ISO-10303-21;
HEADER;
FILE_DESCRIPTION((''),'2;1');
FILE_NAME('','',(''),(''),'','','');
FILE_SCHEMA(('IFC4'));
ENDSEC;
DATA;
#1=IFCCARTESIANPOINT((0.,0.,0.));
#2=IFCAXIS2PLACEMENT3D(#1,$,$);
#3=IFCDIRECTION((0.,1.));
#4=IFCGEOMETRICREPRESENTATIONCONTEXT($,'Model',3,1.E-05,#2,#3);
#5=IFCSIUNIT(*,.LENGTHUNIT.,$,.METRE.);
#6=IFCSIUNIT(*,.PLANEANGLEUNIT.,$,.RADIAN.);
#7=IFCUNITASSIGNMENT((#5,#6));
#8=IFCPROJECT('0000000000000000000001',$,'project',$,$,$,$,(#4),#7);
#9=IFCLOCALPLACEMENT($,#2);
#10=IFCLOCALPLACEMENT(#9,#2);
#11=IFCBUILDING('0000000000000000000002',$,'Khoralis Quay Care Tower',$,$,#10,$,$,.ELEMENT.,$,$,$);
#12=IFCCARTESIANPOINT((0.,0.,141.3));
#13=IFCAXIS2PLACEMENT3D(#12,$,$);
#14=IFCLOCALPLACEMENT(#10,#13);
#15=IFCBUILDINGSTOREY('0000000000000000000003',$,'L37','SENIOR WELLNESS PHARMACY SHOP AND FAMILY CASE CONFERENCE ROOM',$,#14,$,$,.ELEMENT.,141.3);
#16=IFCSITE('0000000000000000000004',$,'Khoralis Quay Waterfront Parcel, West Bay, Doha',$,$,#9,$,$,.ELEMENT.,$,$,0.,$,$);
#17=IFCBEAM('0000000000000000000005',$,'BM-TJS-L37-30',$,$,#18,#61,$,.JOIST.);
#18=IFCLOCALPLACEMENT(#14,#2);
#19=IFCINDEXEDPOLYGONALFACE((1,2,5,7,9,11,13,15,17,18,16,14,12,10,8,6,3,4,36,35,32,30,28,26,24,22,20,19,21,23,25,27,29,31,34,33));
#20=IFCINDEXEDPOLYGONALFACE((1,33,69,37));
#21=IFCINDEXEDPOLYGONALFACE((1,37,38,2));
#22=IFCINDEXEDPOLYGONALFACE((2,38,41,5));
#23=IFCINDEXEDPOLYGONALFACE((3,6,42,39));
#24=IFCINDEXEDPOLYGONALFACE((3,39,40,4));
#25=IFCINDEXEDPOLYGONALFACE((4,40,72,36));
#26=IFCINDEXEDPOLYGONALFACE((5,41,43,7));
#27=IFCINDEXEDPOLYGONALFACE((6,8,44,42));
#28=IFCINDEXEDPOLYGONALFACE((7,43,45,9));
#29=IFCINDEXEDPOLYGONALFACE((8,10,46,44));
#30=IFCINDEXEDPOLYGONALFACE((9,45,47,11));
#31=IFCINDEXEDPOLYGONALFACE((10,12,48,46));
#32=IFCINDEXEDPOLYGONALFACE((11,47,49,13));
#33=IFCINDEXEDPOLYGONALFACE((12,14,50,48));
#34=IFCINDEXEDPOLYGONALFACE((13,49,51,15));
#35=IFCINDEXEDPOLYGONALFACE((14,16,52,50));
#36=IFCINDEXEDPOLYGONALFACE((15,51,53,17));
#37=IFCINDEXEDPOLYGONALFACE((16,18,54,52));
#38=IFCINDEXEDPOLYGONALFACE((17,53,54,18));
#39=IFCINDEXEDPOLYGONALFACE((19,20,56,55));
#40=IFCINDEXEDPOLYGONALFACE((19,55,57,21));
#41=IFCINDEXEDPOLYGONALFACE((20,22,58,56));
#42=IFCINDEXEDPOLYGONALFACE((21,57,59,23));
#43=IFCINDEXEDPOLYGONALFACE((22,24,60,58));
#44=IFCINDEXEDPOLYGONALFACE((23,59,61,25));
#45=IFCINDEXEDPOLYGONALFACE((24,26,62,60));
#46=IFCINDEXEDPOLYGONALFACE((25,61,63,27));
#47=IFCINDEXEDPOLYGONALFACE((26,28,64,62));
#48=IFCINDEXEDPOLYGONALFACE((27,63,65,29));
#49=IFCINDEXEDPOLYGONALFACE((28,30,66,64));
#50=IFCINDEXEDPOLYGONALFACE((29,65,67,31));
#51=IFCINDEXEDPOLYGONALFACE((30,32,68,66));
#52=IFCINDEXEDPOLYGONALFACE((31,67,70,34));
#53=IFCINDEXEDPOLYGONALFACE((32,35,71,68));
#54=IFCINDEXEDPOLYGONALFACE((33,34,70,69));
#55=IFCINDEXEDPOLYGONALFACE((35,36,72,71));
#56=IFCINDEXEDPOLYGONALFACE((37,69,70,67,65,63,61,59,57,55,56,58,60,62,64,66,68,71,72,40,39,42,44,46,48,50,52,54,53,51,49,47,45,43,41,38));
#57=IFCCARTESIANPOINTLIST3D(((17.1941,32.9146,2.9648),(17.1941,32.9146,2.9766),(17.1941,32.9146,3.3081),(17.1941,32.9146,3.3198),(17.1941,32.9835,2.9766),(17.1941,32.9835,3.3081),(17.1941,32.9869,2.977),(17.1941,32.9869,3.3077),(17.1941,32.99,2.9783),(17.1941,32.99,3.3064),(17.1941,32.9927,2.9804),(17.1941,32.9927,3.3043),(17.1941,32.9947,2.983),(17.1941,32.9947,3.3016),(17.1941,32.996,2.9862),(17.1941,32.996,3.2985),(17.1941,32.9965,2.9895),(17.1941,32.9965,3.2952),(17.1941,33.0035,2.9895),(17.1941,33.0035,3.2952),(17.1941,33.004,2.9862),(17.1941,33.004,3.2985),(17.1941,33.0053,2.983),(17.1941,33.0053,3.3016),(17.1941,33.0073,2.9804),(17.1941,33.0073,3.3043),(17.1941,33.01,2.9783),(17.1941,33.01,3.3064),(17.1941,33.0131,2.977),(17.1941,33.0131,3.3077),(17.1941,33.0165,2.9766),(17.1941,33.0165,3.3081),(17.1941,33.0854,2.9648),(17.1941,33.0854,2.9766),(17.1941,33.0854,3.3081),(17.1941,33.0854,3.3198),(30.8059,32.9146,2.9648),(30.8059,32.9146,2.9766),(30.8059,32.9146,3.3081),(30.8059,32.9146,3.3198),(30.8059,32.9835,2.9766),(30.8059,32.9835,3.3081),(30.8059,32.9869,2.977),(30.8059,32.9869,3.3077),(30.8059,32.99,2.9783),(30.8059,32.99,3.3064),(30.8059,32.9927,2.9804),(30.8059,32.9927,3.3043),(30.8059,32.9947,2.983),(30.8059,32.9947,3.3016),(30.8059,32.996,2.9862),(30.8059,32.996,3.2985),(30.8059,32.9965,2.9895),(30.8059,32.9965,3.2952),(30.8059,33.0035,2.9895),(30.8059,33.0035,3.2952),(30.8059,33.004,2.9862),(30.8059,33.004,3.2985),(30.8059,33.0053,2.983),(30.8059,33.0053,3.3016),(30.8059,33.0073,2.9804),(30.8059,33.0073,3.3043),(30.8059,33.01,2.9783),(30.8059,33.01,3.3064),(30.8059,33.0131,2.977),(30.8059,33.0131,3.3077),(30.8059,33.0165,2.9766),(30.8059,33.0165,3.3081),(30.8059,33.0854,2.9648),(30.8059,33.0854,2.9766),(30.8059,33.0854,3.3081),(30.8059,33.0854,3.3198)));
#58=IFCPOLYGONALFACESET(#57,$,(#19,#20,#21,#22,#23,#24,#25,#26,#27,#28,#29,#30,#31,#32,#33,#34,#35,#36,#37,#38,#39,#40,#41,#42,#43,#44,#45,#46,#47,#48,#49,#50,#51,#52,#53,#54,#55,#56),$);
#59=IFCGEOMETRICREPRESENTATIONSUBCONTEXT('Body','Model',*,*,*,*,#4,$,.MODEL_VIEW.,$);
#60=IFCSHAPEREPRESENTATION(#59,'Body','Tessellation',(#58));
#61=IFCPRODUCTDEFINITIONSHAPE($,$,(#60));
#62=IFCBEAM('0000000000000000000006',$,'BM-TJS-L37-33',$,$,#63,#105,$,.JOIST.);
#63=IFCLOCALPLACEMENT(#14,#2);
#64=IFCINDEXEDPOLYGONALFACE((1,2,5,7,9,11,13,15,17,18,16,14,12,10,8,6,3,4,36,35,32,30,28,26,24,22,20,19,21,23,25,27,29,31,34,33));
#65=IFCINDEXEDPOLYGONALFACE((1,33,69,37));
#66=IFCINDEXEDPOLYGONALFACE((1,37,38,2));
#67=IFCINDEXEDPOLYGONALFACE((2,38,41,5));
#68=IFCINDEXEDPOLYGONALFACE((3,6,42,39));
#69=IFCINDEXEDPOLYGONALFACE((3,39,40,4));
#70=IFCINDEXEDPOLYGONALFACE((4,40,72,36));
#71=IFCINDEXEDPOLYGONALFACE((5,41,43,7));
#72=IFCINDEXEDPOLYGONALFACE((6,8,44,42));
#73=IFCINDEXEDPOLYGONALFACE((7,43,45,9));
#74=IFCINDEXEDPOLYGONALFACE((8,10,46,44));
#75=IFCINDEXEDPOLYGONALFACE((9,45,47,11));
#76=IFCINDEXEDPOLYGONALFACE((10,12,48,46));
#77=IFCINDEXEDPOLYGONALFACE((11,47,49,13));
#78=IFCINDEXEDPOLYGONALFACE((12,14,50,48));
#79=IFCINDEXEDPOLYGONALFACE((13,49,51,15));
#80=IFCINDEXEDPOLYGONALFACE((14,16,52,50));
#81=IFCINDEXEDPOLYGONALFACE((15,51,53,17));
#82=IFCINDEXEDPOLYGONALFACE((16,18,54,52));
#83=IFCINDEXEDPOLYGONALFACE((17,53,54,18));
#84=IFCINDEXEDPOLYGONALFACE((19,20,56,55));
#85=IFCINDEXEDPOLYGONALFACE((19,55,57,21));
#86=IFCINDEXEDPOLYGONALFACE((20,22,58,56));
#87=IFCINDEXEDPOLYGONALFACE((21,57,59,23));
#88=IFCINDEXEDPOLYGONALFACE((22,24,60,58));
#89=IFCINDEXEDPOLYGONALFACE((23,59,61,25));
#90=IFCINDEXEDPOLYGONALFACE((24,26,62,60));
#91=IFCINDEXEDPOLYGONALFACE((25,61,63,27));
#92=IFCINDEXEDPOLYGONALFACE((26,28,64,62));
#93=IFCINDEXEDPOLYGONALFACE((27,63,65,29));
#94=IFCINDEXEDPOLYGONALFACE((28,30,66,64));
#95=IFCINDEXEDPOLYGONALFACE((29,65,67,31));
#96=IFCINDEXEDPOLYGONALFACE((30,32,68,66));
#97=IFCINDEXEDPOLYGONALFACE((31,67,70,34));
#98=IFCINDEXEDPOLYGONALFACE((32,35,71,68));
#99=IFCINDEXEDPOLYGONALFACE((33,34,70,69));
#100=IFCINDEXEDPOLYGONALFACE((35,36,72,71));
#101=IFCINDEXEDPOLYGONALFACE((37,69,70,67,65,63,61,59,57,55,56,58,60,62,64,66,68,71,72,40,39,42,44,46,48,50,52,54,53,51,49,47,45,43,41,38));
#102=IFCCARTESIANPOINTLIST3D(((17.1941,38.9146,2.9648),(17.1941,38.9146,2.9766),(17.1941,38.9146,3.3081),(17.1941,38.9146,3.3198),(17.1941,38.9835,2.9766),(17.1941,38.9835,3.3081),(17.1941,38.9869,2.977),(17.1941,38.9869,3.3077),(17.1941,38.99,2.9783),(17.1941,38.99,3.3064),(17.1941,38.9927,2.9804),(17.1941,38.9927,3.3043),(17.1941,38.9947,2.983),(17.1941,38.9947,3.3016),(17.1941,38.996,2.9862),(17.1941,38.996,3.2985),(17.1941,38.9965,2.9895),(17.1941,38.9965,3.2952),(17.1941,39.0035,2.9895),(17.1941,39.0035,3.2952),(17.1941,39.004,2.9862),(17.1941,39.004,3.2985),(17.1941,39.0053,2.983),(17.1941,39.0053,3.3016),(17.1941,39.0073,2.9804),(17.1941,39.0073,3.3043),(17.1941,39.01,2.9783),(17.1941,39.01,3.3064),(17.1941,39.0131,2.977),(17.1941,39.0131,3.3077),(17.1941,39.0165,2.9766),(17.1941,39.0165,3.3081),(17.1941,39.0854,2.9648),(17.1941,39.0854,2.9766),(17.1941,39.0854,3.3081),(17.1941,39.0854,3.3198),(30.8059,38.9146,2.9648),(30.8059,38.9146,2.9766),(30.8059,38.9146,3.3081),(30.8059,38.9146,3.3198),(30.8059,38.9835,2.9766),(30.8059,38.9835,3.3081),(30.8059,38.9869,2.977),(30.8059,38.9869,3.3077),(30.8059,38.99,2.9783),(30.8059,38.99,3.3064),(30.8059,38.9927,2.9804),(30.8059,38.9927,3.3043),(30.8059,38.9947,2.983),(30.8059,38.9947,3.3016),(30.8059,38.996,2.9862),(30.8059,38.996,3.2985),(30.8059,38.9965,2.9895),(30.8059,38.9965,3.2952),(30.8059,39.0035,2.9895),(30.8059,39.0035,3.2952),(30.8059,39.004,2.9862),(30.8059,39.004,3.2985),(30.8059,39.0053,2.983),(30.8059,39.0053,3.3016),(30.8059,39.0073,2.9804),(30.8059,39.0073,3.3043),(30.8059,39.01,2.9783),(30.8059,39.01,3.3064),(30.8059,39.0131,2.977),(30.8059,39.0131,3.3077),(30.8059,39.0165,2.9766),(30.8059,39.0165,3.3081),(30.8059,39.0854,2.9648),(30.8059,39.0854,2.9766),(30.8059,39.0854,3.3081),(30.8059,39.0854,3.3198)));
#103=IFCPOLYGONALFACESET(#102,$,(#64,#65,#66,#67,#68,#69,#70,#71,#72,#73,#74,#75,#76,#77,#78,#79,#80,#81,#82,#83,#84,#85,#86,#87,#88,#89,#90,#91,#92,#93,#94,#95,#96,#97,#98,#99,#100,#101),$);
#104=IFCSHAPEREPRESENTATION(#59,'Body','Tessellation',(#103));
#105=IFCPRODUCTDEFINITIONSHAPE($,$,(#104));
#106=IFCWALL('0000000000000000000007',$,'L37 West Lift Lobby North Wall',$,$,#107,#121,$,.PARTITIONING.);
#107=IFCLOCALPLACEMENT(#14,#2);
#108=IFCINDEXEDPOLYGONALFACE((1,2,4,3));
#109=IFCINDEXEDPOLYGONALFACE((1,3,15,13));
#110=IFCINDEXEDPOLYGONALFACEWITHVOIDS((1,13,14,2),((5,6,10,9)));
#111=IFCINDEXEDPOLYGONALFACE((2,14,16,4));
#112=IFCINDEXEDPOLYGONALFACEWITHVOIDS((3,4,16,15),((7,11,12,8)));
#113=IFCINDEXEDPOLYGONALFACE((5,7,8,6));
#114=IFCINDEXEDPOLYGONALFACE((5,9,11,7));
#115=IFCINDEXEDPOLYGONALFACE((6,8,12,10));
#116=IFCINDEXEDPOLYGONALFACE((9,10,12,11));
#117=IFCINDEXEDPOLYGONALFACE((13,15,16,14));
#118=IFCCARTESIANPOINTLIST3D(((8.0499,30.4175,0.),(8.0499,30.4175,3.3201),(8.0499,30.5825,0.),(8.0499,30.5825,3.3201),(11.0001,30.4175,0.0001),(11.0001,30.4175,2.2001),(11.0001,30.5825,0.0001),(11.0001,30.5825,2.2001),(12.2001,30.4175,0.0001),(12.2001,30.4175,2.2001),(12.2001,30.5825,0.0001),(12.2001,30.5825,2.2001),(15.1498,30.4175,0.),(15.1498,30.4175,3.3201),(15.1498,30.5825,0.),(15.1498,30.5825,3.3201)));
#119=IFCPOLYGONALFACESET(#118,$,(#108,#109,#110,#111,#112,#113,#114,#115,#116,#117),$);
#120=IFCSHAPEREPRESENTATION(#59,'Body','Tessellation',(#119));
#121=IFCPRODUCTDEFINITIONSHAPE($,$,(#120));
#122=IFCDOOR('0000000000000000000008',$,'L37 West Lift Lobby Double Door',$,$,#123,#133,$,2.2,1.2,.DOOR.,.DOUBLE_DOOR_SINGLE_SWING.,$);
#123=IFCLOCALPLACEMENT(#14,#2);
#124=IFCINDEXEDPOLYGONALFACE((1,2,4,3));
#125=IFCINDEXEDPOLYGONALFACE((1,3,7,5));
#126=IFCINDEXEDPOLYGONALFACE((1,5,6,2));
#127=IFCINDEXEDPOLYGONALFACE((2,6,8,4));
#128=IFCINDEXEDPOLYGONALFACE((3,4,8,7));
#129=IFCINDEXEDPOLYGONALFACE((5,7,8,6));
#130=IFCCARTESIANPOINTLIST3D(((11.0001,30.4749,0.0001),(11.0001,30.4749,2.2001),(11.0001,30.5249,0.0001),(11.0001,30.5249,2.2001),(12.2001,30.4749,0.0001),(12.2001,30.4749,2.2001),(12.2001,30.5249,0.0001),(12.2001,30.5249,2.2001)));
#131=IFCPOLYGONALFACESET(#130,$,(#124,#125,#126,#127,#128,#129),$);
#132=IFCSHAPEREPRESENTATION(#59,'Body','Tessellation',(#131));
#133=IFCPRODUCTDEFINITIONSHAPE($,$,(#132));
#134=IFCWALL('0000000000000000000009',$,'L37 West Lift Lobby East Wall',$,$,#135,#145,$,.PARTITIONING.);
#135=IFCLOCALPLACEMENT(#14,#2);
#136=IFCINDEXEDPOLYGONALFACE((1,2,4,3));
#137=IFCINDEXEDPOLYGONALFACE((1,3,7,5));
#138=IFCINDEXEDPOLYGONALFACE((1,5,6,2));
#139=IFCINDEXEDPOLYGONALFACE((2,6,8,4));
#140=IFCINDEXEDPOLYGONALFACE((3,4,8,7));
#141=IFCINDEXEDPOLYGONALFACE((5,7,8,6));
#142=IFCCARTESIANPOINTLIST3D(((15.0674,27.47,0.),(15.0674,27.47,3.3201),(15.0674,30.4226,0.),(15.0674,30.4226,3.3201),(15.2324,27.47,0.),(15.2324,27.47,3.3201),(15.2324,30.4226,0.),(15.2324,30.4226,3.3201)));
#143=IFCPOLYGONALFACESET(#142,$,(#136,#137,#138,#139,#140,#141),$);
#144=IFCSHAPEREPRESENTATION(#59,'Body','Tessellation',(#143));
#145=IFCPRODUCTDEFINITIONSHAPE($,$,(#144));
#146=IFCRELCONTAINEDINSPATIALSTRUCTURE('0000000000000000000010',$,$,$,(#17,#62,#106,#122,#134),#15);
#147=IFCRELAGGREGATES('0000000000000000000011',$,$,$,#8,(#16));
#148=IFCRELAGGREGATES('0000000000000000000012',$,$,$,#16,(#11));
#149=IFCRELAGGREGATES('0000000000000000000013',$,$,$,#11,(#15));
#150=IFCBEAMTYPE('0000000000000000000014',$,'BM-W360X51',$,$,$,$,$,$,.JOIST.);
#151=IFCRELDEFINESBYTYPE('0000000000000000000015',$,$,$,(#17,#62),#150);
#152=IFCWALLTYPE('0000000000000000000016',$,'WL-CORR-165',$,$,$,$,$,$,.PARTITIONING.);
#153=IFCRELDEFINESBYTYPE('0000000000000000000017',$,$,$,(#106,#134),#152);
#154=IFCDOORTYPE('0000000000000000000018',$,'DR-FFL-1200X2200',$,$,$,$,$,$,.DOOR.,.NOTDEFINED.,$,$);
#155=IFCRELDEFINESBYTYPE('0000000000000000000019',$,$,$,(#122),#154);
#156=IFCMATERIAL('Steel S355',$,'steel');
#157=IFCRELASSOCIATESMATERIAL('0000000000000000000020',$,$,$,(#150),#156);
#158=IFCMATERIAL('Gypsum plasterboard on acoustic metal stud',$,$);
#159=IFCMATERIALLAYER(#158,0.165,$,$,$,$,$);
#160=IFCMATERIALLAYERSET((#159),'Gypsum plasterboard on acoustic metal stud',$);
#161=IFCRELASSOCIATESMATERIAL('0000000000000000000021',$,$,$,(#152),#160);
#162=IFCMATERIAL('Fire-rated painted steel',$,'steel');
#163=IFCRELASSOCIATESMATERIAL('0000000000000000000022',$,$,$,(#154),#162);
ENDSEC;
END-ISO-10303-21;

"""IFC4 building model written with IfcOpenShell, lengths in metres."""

from ifc_helpers import new_model, si_unit, direction, frame, frame_2d, origin, origin_2d, place, context, subcontext, project, spatial, rectangle, i_section, extrude, source, transform, mapped, material, layer, layer_set, material_profile, profile_set, type_object, element, fill, save


model = new_model("IFC4")

# Units and contexts
model_context = context("Model", 3, precision=1e-05, world=origin(), true_north=direction((0.0, 1.0)))
body_context = subcontext(model_context, "Body", "Model", "MODEL_VIEW")
ifc_project = project(units=[si_unit("LENGTHUNIT", "METRE"), si_unit("PLANEANGLEUNIT", "RADIAN")], contexts=[model_context])

# Site, building, storey
site_placement = place(None, origin())
site = spatial("IfcSite", under=ifc_project, at=site_placement, Name="Khoralis Quay Waterfront Parcel, West Bay, Doha", CompositionType="ELEMENT", RefElevation=0.0)
building_placement = place(site_placement, origin())
building = spatial("IfcBuilding", under=site, at=building_placement, Name="Khoralis Quay Care Tower", CompositionType="ELEMENT")
storey_placement = place(building_placement, frame((0.0, 0.0, 141.3)))
storey = spatial("IfcBuildingStorey", under=building, at=storey_placement, Name="L37", Description="SENIOR WELLNESS PHARMACY SHOP AND FAMILY CASE CONFERENCE ROOM", CompositionType="ELEMENT", Elevation=141.3)

# Beams
ifc_material_1 = material(Name="Steel S355", Category="steel")
ifc_material_profile_1 = material_profile(ifc_material_1, i_section(OverallWidth=0.1709, OverallDepth=0.355, WebThickness=0.0071, FlangeThickness=0.0117, FilletRadius=0.0129, at=origin_2d()), Name="Steel S355")
ifc_profile_set_1 = profile_set([ifc_material_profile_1], Name="Steel S355")
beam_type_1 = type_object("IfcBeamType", Name="BM-W360X51", PredefinedType="JOIST", material=ifc_profile_set_1)
shared_shape_1 = source(origin(), body_context, "Body", "SweptSolid", [
    extrude(i_section(OverallWidth=0.1709, OverallDepth=0.355, WebThickness=0.0071, FlangeThickness=0.0117, FilletRadius=0.0129, at=origin_2d()), origin(), (0.0, 0.0, 1.0), 13.6118),
])
for number, where, z_axis, x_axis, name in (
    (1, (17.1941, 33.0, 3.1423), (1.0, 0.0, 0.0), (0.0, 1.0, 0.0), "BM-TJS-L37-30"),
    (2, (17.1941, 39.0, 3.1423), (1.0, 0.0, 0.0), (0.0, 1.0, 0.0), "BM-TJS-L37-33"),
):
    element("IfcBeam", number, at=place(storey_placement, frame(where, z_axis=z_axis, x_axis=x_axis)), inside=storey, type_object=beam_type_1, Name=name, PredefinedType="JOIST", context=body_context, shape_type="MappedRepresentation", body=[
        mapped(shared_shape_1, transform((0.0, 0.0, 0.0), scale=1.0)),
    ])

# Wall, opening, door
ifc_material_2 = material(Name="Gypsum plasterboard on acoustic metal stud")
ifc_layer_1 = layer(ifc_material_2, 0.165)
ifc_layer_set_1 = layer_set([ifc_layer_1], Name="Gypsum plasterboard on acoustic metal stud")
wall_type_1 = type_object("IfcWallType", Name="WL-CORR-165", PredefinedType="PARTITIONING", material=ifc_layer_set_1)
wall_1_placement = place(storey_placement, frame((8.05, 30.5, 0.0), z_axis=(0.0, 0.0, 1.0), x_axis=(1.0, 0.0, 0.0)))
wall_1 = element("IfcWall", 3, at=wall_1_placement, inside=storey, type_object=wall_type_1, Name="L37 West Lift Lobby North Wall", PredefinedType="PARTITIONING", context=body_context, shape_type="SweptSolid", body=[
    extrude(rectangle(XDim=7.0999, YDim=0.165, at=frame_2d((3.5498, 0.0))), origin(), (0.0, 0.0, 1.0), 3.3201),
])
opening_1_placement = place(wall_1_placement, frame((2.95, 0.0, 0.0)))
opening_1 = element("IfcOpeningElement", 4, at=opening_1_placement, cuts=wall_1, PredefinedType="OPENING", context=body_context, shape_type="SweptSolid", body=[
    extrude(rectangle(XDim=1.2, YDim=2.2, at=frame_2d((0.6001, 1.1001))), frame((0.0, 0.0925, 0.0), z_axis=(0.0, -1.0, 0.0), x_axis=(1.0, 0.0, 0.0)), (0.0, 0.0, 1.0), 0.1851),
])
ifc_material_3 = material(Name="Fire-rated painted steel", Category="steel")
door_type_1 = type_object("IfcDoorType", Name="DR-FFL-1200X2200", OperationType="NOTDEFINED", PredefinedType="DOOR", material=ifc_material_3)
shared_shape_2 = source(origin(), body_context, "Body", "SweptSolid", [
    extrude(rectangle(XDim=1.2, YDim=2.2, at=frame_2d((0.6001, 1.1001))), frame((0.0, 0.0249, 0.0), z_axis=(0.0, -1.0, 0.0), x_axis=(1.0, 0.0, 0.0)), (0.0, 0.0, 1.0), 0.05),
])
door_1_placement = place(opening_1_placement, origin())
door_1 = element("IfcDoor", 5, at=door_1_placement, inside=storey, type_object=door_type_1, Name="L37 West Lift Lobby Double Door", OperationType="DOUBLE_DOOR_SINGLE_SWING", OverallHeight=2.2, OverallWidth=1.2, PredefinedType="DOOR", context=body_context, shape_type="MappedRepresentation", body=[
    mapped(shared_shape_2, transform((0.0, 0.0, 0.0), scale=1.0)),
])
fill(opening_1, door_1)

# Wall
wall_2_placement = place(storey_placement, frame((15.1499, 27.47, 0.0), z_axis=(0.0, 0.0, 1.0), x_axis=(0.0, 1.0, 0.0)))
element("IfcWall", 6, at=wall_2_placement, inside=storey, type_object=wall_type_1, Name="L37 West Lift Lobby East Wall", PredefinedType="PARTITIONING", context=body_context, shape_type="SweptSolid", body=[
    extrude(rectangle(XDim=2.9526, YDim=0.165, at=frame_2d((1.4763, 0.0))), origin(), (0.0, 0.0, 1.0), 3.3201),
])

save(model, "model.ifc")
